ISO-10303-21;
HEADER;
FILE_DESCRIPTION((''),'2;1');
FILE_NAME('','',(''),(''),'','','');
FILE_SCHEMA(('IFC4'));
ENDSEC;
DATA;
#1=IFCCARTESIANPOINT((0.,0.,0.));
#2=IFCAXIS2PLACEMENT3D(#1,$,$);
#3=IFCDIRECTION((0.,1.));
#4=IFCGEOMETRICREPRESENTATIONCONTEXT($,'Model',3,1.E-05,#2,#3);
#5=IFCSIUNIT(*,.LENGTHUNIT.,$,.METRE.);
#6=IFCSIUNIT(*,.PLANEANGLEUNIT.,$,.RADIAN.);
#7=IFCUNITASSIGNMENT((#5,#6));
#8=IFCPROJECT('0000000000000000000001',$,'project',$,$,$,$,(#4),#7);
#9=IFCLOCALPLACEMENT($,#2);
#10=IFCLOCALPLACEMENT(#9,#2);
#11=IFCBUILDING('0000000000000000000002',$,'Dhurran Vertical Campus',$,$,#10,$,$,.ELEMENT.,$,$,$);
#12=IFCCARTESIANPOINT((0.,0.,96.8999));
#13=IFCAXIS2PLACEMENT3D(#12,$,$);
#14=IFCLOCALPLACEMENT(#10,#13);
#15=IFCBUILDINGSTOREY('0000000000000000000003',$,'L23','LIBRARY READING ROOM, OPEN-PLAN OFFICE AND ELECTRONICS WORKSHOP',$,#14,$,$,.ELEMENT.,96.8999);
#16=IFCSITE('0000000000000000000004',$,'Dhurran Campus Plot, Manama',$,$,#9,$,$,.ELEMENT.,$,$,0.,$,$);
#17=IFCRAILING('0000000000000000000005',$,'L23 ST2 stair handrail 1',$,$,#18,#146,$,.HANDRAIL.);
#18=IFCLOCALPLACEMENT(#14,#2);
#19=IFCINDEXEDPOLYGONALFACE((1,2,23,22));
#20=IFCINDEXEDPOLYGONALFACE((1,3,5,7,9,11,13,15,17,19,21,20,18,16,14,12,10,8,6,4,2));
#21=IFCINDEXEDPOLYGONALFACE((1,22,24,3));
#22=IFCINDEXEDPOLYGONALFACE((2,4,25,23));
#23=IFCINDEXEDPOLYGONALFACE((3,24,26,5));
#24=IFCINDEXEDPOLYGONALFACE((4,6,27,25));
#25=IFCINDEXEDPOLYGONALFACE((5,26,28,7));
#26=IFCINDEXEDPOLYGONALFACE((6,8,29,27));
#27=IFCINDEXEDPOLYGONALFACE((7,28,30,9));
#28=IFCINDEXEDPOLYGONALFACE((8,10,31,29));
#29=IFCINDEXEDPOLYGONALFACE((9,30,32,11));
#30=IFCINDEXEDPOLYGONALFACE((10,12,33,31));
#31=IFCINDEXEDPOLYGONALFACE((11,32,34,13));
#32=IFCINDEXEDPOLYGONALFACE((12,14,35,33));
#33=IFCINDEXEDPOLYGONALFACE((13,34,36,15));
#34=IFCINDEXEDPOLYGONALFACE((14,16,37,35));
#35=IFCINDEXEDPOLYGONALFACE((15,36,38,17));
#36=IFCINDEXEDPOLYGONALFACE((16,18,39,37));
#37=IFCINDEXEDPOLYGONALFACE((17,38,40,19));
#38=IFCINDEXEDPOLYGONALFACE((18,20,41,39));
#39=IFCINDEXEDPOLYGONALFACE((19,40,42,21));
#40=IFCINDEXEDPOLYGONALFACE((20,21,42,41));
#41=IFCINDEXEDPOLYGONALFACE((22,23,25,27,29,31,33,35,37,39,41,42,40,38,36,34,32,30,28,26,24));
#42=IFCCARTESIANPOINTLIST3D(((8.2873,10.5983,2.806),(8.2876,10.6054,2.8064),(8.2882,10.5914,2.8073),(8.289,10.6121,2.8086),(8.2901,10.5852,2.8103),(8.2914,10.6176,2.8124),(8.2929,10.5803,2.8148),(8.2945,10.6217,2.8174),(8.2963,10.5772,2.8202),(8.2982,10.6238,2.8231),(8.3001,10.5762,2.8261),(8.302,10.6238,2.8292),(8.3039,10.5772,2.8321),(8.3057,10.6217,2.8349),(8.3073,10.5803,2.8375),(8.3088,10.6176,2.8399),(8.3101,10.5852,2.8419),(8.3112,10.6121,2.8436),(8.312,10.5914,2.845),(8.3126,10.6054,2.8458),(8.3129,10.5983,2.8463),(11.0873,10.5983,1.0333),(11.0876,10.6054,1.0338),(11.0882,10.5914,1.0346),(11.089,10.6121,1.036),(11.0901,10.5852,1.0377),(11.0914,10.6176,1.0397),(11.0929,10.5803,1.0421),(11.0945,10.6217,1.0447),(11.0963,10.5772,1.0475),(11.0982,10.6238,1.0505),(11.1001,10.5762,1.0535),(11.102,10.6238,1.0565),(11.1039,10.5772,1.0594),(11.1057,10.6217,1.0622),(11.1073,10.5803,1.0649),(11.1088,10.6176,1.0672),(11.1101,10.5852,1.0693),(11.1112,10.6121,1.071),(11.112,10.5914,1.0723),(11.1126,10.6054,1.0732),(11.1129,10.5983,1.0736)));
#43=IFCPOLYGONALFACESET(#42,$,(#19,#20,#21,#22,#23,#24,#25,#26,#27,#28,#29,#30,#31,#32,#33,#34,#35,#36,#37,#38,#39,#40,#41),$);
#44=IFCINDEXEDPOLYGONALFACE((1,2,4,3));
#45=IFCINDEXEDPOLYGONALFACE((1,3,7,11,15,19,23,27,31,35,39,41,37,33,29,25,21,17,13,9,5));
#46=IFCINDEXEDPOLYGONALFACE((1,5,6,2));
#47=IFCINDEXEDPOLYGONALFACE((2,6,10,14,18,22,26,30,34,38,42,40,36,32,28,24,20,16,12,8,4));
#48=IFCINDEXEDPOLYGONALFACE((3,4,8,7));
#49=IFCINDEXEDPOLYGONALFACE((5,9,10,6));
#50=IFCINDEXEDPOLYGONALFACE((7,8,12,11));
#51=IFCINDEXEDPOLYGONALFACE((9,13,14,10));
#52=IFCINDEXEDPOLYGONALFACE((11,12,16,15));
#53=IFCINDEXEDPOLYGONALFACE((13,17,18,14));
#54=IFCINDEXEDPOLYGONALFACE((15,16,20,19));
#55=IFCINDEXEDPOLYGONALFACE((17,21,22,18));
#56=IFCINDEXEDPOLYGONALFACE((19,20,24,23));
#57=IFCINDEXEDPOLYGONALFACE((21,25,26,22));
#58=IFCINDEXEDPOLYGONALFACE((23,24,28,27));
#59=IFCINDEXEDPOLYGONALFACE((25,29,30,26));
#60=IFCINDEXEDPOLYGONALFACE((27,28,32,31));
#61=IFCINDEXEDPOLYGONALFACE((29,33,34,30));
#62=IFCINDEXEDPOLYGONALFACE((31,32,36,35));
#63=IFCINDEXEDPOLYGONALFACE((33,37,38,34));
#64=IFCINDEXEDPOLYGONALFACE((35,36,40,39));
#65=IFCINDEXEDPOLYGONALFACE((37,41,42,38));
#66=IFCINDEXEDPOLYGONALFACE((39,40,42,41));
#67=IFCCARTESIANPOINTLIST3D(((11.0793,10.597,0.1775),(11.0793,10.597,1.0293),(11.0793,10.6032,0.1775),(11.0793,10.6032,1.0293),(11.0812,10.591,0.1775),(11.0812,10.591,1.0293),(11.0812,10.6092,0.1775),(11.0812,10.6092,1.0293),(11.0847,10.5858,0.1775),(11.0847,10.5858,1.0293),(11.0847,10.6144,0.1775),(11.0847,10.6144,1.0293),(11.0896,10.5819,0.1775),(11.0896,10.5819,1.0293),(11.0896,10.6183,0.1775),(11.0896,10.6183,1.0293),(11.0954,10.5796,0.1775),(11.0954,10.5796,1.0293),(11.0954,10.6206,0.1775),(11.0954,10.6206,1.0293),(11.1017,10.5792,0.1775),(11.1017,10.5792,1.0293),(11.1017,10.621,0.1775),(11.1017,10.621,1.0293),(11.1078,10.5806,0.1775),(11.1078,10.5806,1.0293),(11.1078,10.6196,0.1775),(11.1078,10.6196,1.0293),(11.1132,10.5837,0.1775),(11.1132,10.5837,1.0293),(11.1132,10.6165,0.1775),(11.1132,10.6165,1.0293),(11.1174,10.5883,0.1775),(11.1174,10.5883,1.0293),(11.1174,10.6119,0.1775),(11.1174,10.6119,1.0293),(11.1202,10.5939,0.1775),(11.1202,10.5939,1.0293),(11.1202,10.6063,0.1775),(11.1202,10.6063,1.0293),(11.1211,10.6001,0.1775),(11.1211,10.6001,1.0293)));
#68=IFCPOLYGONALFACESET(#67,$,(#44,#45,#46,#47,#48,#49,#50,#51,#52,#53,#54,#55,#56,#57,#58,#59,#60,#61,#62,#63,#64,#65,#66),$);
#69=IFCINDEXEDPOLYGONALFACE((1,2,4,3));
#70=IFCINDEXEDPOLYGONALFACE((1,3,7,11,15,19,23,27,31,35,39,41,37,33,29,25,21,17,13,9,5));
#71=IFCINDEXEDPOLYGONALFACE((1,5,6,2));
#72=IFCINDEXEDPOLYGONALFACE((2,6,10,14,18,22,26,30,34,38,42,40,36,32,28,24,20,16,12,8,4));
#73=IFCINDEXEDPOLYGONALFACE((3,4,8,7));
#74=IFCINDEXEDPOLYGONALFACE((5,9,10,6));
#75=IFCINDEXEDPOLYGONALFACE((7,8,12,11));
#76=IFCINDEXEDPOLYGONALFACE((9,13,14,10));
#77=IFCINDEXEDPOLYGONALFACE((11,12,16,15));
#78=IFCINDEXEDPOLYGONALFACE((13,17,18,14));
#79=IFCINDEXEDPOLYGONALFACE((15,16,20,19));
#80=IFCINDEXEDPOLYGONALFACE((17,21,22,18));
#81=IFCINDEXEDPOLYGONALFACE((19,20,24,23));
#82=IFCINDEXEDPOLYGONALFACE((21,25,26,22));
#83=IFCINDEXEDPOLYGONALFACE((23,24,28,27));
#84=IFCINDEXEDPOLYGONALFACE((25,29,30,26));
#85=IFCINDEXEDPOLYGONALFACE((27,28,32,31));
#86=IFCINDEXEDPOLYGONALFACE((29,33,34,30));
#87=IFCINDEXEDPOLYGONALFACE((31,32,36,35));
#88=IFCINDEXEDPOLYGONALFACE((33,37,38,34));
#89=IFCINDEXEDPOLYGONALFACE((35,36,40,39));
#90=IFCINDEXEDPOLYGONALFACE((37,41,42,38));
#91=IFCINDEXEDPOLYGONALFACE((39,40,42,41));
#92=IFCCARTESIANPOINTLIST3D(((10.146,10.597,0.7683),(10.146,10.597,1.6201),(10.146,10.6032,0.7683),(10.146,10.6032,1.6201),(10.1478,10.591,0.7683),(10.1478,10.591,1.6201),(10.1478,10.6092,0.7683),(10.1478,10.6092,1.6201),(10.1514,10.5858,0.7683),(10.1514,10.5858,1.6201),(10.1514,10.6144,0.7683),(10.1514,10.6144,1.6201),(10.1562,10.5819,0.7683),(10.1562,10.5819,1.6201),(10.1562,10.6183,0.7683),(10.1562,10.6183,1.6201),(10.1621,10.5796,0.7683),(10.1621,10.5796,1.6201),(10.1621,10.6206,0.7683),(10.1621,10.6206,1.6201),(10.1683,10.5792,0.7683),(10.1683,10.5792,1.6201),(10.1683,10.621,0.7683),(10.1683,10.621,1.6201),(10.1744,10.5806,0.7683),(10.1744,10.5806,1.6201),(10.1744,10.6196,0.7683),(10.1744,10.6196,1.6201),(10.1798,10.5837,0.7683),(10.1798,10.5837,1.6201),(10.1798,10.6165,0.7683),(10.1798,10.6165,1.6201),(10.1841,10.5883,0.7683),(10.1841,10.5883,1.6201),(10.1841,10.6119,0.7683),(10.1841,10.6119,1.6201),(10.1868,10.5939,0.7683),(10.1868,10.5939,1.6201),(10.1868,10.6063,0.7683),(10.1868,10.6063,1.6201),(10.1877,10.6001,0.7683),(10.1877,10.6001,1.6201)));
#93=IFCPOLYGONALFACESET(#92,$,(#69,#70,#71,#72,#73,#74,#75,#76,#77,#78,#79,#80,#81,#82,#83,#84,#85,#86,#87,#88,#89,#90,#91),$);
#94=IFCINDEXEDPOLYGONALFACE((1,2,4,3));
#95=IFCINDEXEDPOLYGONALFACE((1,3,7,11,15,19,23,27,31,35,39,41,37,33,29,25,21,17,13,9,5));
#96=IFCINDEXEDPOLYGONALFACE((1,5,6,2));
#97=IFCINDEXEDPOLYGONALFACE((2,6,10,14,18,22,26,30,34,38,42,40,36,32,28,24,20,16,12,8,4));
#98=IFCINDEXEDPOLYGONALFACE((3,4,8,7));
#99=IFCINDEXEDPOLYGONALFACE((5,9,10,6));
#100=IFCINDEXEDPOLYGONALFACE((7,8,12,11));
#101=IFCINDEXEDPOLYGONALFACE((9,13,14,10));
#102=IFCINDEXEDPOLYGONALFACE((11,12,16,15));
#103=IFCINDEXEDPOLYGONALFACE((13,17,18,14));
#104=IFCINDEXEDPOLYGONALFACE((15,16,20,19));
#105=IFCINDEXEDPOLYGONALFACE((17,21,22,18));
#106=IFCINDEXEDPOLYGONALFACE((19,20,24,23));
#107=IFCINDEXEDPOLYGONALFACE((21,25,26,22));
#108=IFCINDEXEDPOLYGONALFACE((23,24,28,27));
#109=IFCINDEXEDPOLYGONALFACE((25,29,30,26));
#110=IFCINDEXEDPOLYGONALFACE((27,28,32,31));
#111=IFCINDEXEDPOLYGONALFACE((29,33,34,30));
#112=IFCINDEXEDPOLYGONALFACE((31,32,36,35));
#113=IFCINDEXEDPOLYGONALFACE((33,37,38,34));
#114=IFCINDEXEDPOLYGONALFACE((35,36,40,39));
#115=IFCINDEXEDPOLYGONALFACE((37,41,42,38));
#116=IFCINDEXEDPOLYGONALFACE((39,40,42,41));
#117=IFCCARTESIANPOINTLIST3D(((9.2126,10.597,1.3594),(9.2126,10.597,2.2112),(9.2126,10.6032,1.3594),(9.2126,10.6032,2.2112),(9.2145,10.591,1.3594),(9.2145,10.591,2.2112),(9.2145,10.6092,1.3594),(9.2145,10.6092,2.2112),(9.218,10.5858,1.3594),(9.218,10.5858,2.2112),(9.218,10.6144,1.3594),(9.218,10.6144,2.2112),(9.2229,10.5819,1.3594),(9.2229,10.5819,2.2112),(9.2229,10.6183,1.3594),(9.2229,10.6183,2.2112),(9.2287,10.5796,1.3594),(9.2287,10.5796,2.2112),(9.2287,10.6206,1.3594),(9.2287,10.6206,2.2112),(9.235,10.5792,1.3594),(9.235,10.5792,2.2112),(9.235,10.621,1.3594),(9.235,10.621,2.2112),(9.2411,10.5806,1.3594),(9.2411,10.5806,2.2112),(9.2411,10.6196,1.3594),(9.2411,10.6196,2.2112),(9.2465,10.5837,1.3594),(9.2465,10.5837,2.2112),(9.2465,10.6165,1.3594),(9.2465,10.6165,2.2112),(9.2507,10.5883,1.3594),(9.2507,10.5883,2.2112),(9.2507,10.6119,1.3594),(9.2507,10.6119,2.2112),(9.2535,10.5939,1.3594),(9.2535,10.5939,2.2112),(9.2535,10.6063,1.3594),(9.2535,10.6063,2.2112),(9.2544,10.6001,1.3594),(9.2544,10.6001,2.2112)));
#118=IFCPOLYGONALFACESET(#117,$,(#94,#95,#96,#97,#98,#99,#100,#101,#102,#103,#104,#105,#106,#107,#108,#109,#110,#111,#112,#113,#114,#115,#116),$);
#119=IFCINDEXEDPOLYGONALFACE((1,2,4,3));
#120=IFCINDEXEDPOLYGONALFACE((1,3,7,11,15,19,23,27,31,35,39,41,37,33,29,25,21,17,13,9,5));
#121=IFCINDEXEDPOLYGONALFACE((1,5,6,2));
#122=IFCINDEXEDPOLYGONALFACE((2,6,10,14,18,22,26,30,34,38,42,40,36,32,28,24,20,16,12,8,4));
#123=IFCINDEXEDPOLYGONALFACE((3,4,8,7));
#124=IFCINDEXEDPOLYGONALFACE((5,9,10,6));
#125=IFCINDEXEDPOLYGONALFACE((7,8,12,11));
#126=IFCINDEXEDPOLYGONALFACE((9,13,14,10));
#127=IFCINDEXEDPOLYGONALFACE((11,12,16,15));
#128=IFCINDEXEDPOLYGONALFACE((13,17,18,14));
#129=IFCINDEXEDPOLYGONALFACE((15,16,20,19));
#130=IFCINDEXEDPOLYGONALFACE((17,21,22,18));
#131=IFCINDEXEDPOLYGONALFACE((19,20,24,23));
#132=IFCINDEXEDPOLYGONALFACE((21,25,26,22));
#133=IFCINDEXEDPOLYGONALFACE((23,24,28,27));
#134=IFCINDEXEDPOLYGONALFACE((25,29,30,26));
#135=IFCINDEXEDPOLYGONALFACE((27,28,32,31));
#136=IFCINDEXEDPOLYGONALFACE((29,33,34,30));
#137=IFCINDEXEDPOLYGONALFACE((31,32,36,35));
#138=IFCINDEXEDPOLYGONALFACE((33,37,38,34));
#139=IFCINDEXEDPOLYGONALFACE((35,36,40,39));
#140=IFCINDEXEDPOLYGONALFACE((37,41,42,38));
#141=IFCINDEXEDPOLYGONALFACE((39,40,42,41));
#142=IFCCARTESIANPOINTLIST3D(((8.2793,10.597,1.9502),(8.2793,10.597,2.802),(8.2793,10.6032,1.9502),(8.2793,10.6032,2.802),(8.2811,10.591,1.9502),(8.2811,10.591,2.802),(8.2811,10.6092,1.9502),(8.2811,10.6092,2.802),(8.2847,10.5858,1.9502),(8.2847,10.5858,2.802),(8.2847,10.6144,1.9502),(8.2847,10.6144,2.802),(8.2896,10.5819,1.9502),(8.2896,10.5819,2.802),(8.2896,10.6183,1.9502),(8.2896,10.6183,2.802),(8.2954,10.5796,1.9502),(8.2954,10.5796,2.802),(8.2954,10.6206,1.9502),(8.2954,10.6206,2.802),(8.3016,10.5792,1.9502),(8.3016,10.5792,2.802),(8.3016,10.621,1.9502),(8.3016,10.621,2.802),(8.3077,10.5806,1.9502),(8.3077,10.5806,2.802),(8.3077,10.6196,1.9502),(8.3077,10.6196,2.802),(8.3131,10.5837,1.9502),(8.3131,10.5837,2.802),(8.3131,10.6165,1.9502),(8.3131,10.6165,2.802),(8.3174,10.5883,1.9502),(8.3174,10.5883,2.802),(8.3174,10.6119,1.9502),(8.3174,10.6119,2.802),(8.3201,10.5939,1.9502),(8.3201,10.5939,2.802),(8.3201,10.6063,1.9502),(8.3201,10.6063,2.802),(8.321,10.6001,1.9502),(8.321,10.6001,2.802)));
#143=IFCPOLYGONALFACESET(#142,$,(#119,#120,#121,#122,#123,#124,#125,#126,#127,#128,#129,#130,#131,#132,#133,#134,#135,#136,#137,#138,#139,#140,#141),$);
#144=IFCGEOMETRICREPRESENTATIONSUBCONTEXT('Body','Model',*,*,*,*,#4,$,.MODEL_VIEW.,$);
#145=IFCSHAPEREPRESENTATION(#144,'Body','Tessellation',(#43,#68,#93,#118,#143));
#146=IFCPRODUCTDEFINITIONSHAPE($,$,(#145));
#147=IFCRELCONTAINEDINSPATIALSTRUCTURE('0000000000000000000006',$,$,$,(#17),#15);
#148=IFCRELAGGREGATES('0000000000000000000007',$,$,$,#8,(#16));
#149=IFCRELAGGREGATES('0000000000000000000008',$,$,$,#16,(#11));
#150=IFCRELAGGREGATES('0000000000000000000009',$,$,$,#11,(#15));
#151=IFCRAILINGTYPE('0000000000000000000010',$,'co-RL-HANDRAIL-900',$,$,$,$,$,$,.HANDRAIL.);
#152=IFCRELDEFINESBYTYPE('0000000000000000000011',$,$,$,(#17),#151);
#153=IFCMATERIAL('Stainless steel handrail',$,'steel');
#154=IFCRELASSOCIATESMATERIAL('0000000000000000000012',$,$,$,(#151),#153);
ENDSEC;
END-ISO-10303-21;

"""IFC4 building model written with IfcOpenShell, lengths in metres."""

from ifc_helpers import new_model, si_unit, direction, frame, origin, origin_2d, place, context, subcontext, project, spatial, circle, extrude, material, type_object, element, save


model = new_model("IFC4")

# Units and contexts
model_context = context("Model", 3, precision=1e-05, world=origin(), true_north=direction((0.0, 1.0)))
body_context = subcontext(model_context, "Body", "Model", "MODEL_VIEW")
ifc_project = project(units=[si_unit("LENGTHUNIT", "METRE"), si_unit("PLANEANGLEUNIT", "RADIAN")], contexts=[model_context])

# Site, building, storey
site_placement = place(None, origin())
site = spatial("IfcSite", under=ifc_project, at=site_placement, Name="Dhurran Campus Plot, Manama", CompositionType="ELEMENT", RefElevation=0.0)
building_placement = place(site_placement, origin())
building = spatial("IfcBuilding", under=site, at=building_placement, Name="Dhurran Vertical Campus", CompositionType="ELEMENT")
storey_placement = place(building_placement, frame((0.0, 0.0, 96.8999)))
storey = spatial("IfcBuildingStorey", under=building, at=storey_placement, Name="L23", Description="LIBRARY READING ROOM, OPEN-PLAN OFFICE AND ELECTRONICS WORKSHOP", CompositionType="ELEMENT", Elevation=96.8999)

# Railing
ifc_material_1 = material(Name="Stainless steel handrail", Category="steel")
railing_type_1 = type_object("IfcRailingType", Name="co-RL-HANDRAIL-900", PredefinedType="HANDRAIL", material=ifc_material_1)
railing_1_placement = place(storey_placement, frame((11.1001, 10.6001, 0.1775)))
element("IfcRailing", 1, at=railing_1_placement, inside=storey, type_object=railing_type_1, Name="L23 ST2 stair handrail 1", PredefinedType="HANDRAIL", context=body_context, shape_type="SweptSolid", body=[
    extrude(circle(Radius=0.0239, at=origin_2d()), frame((0.0, 0.0, 0.876), z_axis=(-0.844909, 0.0, 0.53491), x_axis=(0.0, -1.0, 0.0)), (0.0, 0.0, 1.0), 3.314),
    extrude(circle(Radius=0.021, at=origin_2d()), origin(), (0.0, 0.0, 1.0), 0.8518),
    extrude(circle(Radius=0.021, at=origin_2d()), frame((-0.9333, 0.0, 0.5908)), (0.0, 0.0, 1.0), 0.8518),
    extrude(circle(Radius=0.021, at=origin_2d()), frame((-1.8667, 0.0, 1.1819)), (0.0, 0.0, 1.0), 0.8518),
    extrude(circle(Radius=0.021, at=origin_2d()), frame((-2.8, 0.0, 1.7727)), (0.0, 0.0, 1.0), 0.8518),
])

save(model, "model.ifc")
